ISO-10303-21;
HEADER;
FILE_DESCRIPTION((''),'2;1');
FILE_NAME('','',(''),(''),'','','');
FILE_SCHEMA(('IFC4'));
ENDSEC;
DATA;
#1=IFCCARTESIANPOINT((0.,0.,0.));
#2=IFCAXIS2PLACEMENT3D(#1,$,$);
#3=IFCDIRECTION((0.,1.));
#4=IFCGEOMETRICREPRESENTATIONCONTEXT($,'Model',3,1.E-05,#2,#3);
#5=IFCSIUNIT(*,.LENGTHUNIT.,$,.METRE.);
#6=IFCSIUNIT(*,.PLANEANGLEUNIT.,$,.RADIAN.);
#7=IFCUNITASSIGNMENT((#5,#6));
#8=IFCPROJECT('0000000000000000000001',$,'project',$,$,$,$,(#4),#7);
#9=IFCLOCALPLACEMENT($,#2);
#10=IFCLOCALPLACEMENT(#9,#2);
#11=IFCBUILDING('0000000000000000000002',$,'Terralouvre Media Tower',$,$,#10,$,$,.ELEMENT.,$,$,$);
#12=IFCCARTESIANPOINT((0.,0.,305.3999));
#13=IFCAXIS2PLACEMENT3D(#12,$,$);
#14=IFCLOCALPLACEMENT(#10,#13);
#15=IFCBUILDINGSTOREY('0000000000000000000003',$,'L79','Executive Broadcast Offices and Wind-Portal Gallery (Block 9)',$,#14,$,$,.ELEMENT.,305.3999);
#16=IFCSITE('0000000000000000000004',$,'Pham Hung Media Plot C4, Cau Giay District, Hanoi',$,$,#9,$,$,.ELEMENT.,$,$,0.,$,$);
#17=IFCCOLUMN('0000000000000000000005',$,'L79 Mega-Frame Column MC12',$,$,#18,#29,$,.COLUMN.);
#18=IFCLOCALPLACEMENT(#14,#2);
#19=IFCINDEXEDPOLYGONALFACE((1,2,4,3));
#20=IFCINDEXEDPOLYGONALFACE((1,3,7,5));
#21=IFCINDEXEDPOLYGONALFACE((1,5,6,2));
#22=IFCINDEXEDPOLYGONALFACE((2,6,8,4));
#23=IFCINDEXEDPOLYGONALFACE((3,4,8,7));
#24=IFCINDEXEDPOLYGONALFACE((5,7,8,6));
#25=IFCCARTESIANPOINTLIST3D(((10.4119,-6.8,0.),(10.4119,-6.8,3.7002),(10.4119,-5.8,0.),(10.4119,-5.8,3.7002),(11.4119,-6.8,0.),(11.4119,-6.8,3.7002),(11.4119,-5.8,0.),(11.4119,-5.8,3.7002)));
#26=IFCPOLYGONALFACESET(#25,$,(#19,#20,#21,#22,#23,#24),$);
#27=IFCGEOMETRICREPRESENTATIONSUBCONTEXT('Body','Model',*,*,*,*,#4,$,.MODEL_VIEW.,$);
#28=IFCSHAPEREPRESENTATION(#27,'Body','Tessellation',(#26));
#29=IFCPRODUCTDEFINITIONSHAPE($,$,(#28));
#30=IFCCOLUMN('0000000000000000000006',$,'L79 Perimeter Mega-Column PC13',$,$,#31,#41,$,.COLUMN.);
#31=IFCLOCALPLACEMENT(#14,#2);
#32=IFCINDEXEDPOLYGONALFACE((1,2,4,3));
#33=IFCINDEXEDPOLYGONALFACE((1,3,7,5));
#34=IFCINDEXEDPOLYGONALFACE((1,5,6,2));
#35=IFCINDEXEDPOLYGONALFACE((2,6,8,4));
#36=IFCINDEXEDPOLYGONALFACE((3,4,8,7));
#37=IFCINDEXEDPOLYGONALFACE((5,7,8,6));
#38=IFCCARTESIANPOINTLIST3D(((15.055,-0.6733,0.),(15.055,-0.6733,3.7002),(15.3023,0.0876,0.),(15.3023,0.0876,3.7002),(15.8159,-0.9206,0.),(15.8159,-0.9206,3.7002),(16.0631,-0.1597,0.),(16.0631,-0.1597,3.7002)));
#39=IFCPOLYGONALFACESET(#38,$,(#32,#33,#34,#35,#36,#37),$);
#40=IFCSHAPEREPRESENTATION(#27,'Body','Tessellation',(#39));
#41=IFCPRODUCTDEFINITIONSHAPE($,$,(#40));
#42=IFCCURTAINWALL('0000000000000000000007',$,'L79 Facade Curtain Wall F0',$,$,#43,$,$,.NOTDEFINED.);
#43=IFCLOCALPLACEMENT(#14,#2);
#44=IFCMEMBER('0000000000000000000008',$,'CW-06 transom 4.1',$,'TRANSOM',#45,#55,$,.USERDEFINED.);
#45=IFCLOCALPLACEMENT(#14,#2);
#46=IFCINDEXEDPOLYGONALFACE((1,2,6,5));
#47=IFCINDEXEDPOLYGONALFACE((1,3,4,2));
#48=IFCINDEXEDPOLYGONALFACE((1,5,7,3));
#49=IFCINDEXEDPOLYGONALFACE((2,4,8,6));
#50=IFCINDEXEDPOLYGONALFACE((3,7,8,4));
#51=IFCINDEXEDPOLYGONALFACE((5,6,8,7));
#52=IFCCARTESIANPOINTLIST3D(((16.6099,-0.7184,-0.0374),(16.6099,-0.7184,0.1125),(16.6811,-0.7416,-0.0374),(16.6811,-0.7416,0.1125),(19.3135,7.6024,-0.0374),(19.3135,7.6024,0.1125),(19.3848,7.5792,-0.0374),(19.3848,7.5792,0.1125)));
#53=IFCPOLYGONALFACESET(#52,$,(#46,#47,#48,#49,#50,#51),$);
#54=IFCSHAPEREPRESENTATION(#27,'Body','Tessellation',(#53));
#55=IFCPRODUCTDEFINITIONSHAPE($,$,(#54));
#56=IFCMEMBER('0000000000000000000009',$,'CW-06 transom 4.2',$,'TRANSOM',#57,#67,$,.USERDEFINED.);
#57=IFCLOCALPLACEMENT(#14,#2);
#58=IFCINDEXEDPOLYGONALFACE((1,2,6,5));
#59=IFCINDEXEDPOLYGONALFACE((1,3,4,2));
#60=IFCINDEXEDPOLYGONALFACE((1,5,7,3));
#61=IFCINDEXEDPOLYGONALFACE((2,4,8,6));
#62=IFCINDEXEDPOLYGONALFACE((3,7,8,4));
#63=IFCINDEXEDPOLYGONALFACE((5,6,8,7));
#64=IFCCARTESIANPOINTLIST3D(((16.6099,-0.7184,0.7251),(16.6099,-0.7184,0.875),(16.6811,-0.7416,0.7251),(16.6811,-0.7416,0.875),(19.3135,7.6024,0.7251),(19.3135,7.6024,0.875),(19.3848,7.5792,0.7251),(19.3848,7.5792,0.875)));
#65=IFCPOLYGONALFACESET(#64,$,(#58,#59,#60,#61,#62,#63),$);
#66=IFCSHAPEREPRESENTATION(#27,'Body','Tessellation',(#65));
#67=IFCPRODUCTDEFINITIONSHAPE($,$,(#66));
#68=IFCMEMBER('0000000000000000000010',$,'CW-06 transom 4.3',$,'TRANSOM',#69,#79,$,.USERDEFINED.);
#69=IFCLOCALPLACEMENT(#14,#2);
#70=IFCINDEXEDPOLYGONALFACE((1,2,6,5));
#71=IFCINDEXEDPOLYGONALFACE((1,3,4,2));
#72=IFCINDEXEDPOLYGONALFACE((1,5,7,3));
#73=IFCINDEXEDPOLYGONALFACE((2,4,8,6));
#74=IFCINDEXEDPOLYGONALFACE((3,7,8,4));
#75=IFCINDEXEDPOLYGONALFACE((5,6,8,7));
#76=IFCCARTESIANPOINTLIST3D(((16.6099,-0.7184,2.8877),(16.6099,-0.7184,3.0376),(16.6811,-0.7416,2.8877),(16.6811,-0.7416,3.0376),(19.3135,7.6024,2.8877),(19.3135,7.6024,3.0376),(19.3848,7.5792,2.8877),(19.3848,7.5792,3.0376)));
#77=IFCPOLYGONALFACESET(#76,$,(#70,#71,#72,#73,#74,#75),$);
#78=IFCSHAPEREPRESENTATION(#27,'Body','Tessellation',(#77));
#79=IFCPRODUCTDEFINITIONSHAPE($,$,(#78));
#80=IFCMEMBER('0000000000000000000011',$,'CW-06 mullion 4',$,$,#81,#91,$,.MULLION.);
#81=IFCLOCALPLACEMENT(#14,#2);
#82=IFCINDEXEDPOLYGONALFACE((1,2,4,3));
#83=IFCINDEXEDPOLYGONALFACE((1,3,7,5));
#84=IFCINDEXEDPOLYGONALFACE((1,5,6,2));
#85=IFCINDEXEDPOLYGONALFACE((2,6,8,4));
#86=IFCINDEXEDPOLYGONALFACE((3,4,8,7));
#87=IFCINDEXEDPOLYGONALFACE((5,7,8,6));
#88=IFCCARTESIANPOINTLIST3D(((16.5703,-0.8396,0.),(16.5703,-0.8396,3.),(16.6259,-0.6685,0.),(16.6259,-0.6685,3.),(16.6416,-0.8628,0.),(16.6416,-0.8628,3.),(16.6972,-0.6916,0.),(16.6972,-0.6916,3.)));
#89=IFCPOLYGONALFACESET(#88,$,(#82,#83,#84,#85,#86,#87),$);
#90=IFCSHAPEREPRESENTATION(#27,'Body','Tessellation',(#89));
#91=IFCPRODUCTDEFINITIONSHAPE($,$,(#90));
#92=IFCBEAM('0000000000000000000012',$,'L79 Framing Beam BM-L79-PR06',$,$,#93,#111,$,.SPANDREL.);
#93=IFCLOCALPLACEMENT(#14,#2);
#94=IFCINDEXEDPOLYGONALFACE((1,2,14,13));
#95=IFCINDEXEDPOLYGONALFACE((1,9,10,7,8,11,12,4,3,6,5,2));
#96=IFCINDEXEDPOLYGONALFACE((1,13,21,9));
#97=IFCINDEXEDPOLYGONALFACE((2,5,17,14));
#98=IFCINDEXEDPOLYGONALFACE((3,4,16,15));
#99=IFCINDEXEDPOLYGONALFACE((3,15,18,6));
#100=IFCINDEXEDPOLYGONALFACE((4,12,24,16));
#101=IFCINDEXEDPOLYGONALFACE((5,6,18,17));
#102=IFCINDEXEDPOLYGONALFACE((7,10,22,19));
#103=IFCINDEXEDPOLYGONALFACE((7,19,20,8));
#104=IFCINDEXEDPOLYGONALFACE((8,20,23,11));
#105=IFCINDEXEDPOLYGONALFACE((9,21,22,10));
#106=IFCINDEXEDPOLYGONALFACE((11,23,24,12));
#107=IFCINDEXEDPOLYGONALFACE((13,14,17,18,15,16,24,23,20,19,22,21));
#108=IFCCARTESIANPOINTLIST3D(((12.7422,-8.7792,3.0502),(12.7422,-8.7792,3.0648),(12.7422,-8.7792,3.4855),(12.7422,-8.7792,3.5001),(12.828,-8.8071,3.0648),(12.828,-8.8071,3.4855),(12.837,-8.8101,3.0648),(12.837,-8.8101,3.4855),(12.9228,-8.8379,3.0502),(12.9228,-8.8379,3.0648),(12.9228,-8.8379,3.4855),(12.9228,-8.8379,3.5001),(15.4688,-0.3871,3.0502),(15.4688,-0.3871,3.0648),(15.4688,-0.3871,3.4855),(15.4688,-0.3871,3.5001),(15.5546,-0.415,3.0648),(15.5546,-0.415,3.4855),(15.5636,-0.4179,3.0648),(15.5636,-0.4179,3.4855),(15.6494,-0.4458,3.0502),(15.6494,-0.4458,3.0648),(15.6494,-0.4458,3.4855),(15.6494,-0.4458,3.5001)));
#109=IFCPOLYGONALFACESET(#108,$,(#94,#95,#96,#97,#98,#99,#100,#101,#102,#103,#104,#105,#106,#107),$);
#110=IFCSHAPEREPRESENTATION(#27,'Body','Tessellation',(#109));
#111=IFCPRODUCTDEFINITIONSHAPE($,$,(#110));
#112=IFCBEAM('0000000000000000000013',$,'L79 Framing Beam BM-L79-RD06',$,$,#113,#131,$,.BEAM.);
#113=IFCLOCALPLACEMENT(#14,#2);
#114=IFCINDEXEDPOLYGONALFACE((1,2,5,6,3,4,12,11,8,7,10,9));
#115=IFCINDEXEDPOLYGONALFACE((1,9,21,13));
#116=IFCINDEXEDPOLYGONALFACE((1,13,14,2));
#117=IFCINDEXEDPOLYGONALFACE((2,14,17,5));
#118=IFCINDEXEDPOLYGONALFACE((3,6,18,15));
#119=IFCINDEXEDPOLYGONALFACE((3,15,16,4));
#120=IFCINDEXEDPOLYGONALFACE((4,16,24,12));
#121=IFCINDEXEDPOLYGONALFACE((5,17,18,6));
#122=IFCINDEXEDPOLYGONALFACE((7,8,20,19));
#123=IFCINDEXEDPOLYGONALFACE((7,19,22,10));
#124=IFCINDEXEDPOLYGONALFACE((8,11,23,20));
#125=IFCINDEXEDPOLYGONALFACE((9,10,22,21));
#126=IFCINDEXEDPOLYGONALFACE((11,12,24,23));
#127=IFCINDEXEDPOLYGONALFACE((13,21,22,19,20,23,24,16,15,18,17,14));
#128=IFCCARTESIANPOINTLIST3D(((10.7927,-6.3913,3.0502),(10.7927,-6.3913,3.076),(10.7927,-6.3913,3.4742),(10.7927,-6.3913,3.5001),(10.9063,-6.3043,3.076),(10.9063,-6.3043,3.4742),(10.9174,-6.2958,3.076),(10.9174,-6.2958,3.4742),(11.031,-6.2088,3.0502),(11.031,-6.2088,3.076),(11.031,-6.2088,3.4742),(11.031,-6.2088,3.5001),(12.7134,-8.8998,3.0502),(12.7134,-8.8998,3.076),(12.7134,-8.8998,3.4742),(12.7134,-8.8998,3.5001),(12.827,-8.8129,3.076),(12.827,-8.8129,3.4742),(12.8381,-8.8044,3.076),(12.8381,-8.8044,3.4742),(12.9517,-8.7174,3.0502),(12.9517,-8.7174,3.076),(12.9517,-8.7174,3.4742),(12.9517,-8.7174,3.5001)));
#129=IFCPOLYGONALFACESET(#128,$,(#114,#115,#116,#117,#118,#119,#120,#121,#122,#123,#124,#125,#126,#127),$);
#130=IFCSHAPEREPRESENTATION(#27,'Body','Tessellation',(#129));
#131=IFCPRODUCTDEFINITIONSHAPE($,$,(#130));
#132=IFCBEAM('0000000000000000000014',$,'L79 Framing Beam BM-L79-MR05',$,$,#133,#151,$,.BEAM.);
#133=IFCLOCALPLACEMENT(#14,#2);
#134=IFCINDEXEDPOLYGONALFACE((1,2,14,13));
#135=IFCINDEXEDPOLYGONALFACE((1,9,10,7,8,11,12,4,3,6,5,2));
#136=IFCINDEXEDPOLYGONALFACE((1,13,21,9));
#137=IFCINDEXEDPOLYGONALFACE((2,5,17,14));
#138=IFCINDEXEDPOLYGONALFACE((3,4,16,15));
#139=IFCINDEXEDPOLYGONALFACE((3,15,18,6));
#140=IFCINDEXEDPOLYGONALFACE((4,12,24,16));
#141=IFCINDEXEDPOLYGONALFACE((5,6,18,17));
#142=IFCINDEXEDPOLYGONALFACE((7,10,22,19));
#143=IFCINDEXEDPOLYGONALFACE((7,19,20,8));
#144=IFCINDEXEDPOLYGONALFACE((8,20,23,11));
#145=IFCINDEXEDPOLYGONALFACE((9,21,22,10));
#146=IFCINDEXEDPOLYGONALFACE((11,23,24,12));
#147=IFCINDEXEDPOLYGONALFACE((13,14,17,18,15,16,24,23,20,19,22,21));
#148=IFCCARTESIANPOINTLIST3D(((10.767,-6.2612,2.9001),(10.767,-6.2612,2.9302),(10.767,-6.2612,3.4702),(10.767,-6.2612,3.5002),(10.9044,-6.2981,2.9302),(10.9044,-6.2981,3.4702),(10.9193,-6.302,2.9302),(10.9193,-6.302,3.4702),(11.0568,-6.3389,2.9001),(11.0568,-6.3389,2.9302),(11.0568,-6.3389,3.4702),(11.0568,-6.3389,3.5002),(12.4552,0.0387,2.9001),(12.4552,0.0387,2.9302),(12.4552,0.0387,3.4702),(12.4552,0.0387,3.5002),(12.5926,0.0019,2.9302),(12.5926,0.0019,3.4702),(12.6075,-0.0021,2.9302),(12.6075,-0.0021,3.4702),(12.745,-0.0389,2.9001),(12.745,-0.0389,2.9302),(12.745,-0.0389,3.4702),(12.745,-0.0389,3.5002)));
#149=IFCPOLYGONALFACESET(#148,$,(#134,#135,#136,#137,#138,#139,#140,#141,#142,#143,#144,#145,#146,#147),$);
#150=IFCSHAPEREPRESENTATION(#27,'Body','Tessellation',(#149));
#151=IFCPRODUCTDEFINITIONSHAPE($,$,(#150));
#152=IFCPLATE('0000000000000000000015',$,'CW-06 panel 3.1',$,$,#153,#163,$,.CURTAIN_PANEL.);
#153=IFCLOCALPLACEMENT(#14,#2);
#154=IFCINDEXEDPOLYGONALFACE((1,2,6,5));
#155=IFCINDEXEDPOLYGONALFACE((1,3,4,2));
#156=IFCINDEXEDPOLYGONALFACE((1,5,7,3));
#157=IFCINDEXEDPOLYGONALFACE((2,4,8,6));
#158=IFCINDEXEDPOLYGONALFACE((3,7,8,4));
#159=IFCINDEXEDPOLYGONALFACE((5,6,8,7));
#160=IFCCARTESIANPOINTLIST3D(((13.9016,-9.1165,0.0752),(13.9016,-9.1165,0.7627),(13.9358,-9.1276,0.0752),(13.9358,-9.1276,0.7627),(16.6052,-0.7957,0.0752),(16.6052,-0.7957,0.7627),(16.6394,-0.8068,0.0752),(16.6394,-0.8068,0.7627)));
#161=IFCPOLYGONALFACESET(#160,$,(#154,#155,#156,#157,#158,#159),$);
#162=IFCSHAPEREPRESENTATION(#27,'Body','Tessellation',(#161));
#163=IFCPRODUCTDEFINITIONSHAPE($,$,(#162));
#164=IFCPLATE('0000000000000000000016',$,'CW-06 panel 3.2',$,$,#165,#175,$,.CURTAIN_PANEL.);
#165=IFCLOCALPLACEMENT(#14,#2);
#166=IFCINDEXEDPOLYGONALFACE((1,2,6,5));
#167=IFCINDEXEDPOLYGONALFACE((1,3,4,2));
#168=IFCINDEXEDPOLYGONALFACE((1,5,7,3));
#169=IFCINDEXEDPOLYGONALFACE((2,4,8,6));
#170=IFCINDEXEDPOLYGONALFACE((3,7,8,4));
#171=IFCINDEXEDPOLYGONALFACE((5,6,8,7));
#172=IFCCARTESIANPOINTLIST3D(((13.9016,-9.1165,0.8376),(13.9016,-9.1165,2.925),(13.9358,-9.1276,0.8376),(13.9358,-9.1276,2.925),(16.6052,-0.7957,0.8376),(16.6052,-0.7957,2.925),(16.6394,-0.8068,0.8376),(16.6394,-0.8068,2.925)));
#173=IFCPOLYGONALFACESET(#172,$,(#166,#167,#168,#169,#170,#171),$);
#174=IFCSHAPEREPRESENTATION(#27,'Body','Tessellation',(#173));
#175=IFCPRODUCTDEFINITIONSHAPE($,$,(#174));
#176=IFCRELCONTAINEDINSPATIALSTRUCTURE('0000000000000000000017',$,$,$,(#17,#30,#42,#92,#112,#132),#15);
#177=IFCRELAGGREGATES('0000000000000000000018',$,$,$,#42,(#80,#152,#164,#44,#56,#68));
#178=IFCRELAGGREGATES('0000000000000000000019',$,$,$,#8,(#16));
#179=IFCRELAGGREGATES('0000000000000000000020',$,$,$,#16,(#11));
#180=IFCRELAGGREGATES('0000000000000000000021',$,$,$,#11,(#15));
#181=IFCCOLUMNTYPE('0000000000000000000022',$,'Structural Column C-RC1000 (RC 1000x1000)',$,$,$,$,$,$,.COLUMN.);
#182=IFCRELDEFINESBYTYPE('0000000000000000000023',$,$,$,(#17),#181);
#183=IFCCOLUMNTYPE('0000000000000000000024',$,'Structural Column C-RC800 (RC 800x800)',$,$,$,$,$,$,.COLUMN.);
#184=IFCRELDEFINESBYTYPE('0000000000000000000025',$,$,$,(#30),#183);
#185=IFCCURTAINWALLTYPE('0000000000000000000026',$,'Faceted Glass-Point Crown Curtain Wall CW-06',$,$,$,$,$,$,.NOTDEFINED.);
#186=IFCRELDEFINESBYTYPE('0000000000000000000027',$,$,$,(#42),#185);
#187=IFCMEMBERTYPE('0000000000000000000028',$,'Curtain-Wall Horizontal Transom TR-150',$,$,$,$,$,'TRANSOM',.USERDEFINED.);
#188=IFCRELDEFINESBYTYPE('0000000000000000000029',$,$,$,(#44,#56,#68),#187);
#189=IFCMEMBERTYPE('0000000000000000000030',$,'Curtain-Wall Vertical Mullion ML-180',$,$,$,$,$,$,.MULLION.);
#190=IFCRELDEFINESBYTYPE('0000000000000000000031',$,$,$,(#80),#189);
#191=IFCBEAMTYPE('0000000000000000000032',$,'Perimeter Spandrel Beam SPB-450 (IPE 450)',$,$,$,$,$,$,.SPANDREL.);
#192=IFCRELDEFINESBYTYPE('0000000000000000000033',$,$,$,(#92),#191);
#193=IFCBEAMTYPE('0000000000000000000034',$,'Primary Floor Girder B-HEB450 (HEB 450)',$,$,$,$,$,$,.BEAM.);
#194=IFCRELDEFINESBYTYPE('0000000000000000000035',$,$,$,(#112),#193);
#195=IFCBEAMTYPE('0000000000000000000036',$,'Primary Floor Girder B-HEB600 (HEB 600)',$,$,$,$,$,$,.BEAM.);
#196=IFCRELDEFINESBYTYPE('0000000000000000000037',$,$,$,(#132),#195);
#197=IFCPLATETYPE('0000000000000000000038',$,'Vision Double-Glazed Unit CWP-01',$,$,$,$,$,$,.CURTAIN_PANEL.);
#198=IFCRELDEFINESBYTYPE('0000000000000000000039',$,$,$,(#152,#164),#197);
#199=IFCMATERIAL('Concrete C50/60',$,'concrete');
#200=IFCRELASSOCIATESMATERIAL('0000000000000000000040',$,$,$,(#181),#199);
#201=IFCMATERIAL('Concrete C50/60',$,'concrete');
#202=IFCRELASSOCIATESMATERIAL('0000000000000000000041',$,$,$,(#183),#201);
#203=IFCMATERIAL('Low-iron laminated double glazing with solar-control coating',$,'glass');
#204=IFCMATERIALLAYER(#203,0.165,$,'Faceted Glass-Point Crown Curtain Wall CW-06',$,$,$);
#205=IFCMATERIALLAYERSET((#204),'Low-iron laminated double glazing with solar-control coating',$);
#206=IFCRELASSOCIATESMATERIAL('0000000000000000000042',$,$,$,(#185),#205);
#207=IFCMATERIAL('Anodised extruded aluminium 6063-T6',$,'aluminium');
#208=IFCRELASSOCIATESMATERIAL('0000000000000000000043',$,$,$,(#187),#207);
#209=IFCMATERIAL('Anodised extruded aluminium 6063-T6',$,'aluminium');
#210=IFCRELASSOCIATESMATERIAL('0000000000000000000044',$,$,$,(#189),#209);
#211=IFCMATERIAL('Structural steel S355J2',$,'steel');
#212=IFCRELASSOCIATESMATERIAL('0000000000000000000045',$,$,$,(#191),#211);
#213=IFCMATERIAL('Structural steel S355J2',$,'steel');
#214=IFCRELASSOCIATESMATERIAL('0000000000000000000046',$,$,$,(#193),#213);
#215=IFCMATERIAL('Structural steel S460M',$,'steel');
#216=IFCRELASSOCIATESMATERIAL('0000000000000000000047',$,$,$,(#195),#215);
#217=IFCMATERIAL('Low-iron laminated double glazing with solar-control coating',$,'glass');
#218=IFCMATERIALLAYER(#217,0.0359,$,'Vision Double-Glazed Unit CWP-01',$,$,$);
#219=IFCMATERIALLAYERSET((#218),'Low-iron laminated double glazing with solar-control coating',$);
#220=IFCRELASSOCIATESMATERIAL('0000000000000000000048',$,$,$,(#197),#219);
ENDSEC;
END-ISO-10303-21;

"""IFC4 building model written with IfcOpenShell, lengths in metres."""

from ifc_helpers import new_model, si_unit, direction, frame, origin, origin_2d, place, context, subcontext, project, spatial, rectangle, i_section, extrude, material, layer, layer_set, material_profile, profile_set, type_object, element, aggregate, save


model = new_model("IFC4")

# Units and contexts
model_context = context("Model", 3, precision=1e-05, world=origin(), true_north=direction((0.0, 1.0)))
body_context = subcontext(model_context, "Body", "Model", "MODEL_VIEW")
ifc_project = project(units=[si_unit("LENGTHUNIT", "METRE"), si_unit("PLANEANGLEUNIT", "RADIAN")], contexts=[model_context])

# Site, building, storey
site_placement = place(None, origin())
site = spatial("IfcSite", under=ifc_project, at=site_placement, Name="Pham Hung Media Plot C4, Cau Giay District, Hanoi", CompositionType="ELEMENT", RefElevation=0.0)
building_placement = place(site_placement, origin())
building = spatial("IfcBuilding", under=site, at=building_placement, Name="Terralouvre Media Tower", CompositionType="ELEMENT")
storey_placement = place(building_placement, frame((0.0, 0.0, 305.3999)))
storey = spatial("IfcBuildingStorey", under=building, at=storey_placement, Name="L79", Description="Executive Broadcast Offices and Wind-Portal Gallery (Block 9)", CompositionType="ELEMENT", Elevation=305.3999)

# Columns
ifc_material_1 = material(Name="Concrete C50/60", Category="concrete")
ifc_material_profile_1 = material_profile(ifc_material_1, rectangle(XDim=1.0, YDim=1.0, at=origin_2d()), Name="RC 1000x1000")
ifc_profile_set_1 = profile_set([ifc_material_profile_1], Name="Concrete C50/60")
column_type_1 = type_object("IfcColumnType", Name="Structural Column C-RC1000 (RC 1000x1000)", PredefinedType="COLUMN", material=ifc_profile_set_1)
column_1_placement = place(storey_placement, frame((10.9119, -6.3, 0.0), z_axis=(0.0, 0.0, 1.0), x_axis=(1.0, 0.0, 0.0)))
element("IfcColumn", 1, at=column_1_placement, inside=storey, type_object=column_type_1, Name="L79 Mega-Frame Column MC12", PredefinedType="COLUMN", context=body_context, shape_type="SweptSolid", body=[
    extrude(rectangle(XDim=1.0, YDim=1.0, at=origin_2d()), origin(), (0.0, 0.0, 1.0), 3.7002),
])
ifc_material_2 = material(Name="Concrete C50/60", Category="concrete")
ifc_material_profile_2 = material_profile(ifc_material_2, rectangle(XDim=0.8, YDim=0.8, at=origin_2d()), Name="RC 800x800")
ifc_profile_set_2 = profile_set([ifc_material_profile_2], Name="Concrete C50/60")
column_type_2 = type_object("IfcColumnType", Name="Structural Column C-RC800 (RC 800x800)", PredefinedType="COLUMN", material=ifc_profile_set_2)
column_2_placement = place(storey_placement, frame((15.5591, -0.4165, 0.0), z_axis=(0.0, 0.0, 1.0), x_axis=(0.309017, 0.951057, 0.0)))
element("IfcColumn", 2, at=column_2_placement, inside=storey, type_object=column_type_2, Name="L79 Perimeter Mega-Column PC13", PredefinedType="COLUMN", context=body_context, shape_type="SweptSolid", body=[
    extrude(rectangle(XDim=0.8, YDim=0.8, at=origin_2d()), origin(), (0.0, 0.0, 1.0), 3.7002),
])

# Curtain wall, members
ifc_material_3 = material(Name="Low-iron laminated double glazing with solar-control coating", Category="glass")
ifc_layer_1 = layer(ifc_material_3, 0.165, Name="Faceted Glass-Point Crown Curtain Wall CW-06")
ifc_layer_set_1 = layer_set([ifc_layer_1], Name="Low-iron laminated double glazing with solar-control coating")
curtain_wall_type = type_object("IfcCurtainWallType", Name="Faceted Glass-Point Crown Curtain Wall CW-06", PredefinedType="NOTDEFINED", material=ifc_layer_set_1)
curtain_wall_placement = place(storey_placement, origin())
curtain_wall = element("IfcCurtainWall", 3, at=curtain_wall_placement, inside=storey, type_object=curtain_wall_type, Name="L79 Facade Curtain Wall F0", PredefinedType="NOTDEFINED")
ifc_material_4 = material(Name="Anodised extruded aluminium 6063-T6", Category="aluminium")
ifc_material_profile_3 = material_profile(ifc_material_4, rectangle(XDim=0.075, YDim=0.1499, at=origin_2d()), Name="ALU 75x150")
ifc_profile_set_3 = profile_set([ifc_material_profile_3], Name="Anodised extruded aluminium 6063-T6")
member_type_1 = type_object("IfcMemberType", Name="Curtain-Wall Horizontal Transom TR-150", ElementType="TRANSOM", PredefinedType="USERDEFINED", material=ifc_profile_set_3)
member_1_placement = place(storey_placement, frame((16.6455, -0.73, 0.0376), z_axis=(0.309019, 0.951056, 0.0), x_axis=(-0.951056, 0.309019, 0.0)))
member_1 = element("IfcMember", 4, at=member_1_placement, type_object=member_type_1, Name="CW-06 transom 4.1", ObjectType="TRANSOM", PredefinedType="USERDEFINED", context=body_context, shape_type="SweptSolid", body=[
    extrude(rectangle(XDim=0.075, YDim=0.1499, at=origin_2d()), origin(), (0.0, 0.0, 1.0), 8.749),
])
member_2_placement = place(storey_placement, frame((16.6455, -0.73, 0.8), z_axis=(0.309019, 0.951056, 0.0), x_axis=(-0.951056, 0.309019, 0.0)))
member_2 = element("IfcMember", 5, at=member_2_placement, type_object=member_type_1, Name="CW-06 transom 4.2", ObjectType="TRANSOM", PredefinedType="USERDEFINED", context=body_context, shape_type="SweptSolid", body=[
    extrude(rectangle(XDim=0.075, YDim=0.1499, at=origin_2d()), origin(), (0.0, 0.0, 1.0), 8.749),
])
member_3_placement = place(storey_placement, frame((16.6455, -0.73, 2.9626), z_axis=(0.309019, 0.951056, 0.0), x_axis=(-0.951056, 0.309019, 0.0)))
member_3 = element("IfcMember", 6, at=member_3_placement, type_object=member_type_1, Name="CW-06 transom 4.3", ObjectType="TRANSOM", PredefinedType="USERDEFINED", context=body_context, shape_type="SweptSolid", body=[
    extrude(rectangle(XDim=0.075, YDim=0.1499, at=origin_2d()), origin(), (0.0, 0.0, 1.0), 8.749),
])
ifc_material_5 = material(Name="Anodised extruded aluminium 6063-T6", Category="aluminium")
ifc_material_profile_4 = material_profile(ifc_material_5, rectangle(XDim=0.075, YDim=0.1799, at=origin_2d()), Name="ALU 75x180")
ifc_profile_set_4 = profile_set([ifc_material_profile_4], Name="Anodised extruded aluminium 6063-T6")
member_type_2 = type_object("IfcMemberType", Name="Curtain-Wall Vertical Mullion ML-180", PredefinedType="MULLION", material=ifc_profile_set_4)
member_4_placement = place(storey_placement, frame((16.6338, -0.7656, 0.0), z_axis=(0.0, 0.0, 1.0), x_axis=(-0.951057, 0.309017, 0.0)))
member_4 = element("IfcMember", 7, at=member_4_placement, type_object=member_type_2, Name="CW-06 mullion 4", PredefinedType="MULLION", context=body_context, shape_type="SweptSolid", body=[
    extrude(rectangle(XDim=0.075, YDim=0.1799, at=origin_2d()), origin(), (0.0, 0.0, 1.0), 3.0),
])

# Beams
ifc_material_6 = material(Name="Structural steel S355J2", Category="steel")
ifc_material_profile_5 = material_profile(ifc_material_6, i_section(OverallWidth=0.1899, OverallDepth=0.45, WebThickness=0.0095, FlangeThickness=0.0146, at=origin_2d()), Name="IPE 450")
ifc_profile_set_5 = profile_set([ifc_material_profile_5], Name="Structural steel S355J2")
beam_type_1 = type_object("IfcBeamType", Name="Perimeter Spandrel Beam SPB-450 (IPE 450)", PredefinedType="SPANDREL", material=ifc_profile_set_5)
beam_1_placement = place(storey_placement, frame((12.8325, -8.8086, 3.2751), z_axis=(0.308997, 0.951063, 0.0), x_axis=(-0.951063, 0.308997, 0.0)))
element("IfcBeam", 8, at=beam_1_placement, inside=storey, type_object=beam_type_1, Name="L79 Framing Beam BM-L79-PR06", PredefinedType="SPANDREL", context=body_context, shape_type="SweptSolid", body=[
    extrude(i_section(OverallWidth=0.1899, OverallDepth=0.45, WebThickness=0.0095, FlangeThickness=0.0146, at=origin_2d()), origin(), (0.0, 0.0, 1.0), 8.824),
])
ifc_material_7 = material(Name="Structural steel S355J2", Category="steel")
ifc_material_profile_6 = material_profile(ifc_material_7, i_section(OverallWidth=0.3, OverallDepth=0.45, WebThickness=0.0139, FlangeThickness=0.0259, at=origin_2d()), Name="HEB 450")
ifc_profile_set_6 = profile_set([ifc_material_profile_6], Name="Structural steel S355J2")
beam_type_2 = type_object("IfcBeamType", Name="Primary Floor Girder B-HEB450 (HEB 450)", PredefinedType="BEAM", material=ifc_profile_set_6)
beam_2_placement = place(storey_placement, frame((10.9119, -6.3, 3.2751), z_axis=(0.60792, -0.793998, 0.0), x_axis=(0.793998, 0.60792, 0.0)))
element("IfcBeam", 9, at=beam_2_placement, inside=storey, type_object=beam_type_2, Name="L79 Framing Beam BM-L79-RD06", PredefinedType="BEAM", context=body_context, shape_type="SweptSolid", body=[
    extrude(i_section(OverallWidth=0.3, OverallDepth=0.45, WebThickness=0.0139, FlangeThickness=0.0259, at=origin_2d()), origin(), (0.0, 0.0, 1.0), 3.1594),
])
ifc_material_8 = material(Name="Structural steel S460M", Category="steel")
ifc_material_profile_7 = material_profile(ifc_material_8, i_section(OverallWidth=0.3, OverallDepth=0.6001, WebThickness=0.0154, FlangeThickness=0.03, at=origin_2d()), Name="HEB 600")
ifc_profile_set_7 = profile_set([ifc_material_profile_7], Name="Structural steel S460M")
beam_type_3 = type_object("IfcBeamType", Name="Primary Floor Girder B-HEB600 (HEB 600)", PredefinedType="BEAM", material=ifc_profile_set_7)
beam_3_placement = place(storey_placement, frame((10.9119, -6.3, 3.2002), z_axis=(0.258839, 0.96592, 0.0), x_axis=(-0.96592, 0.258839, 0.0)))
element("IfcBeam", 10, at=beam_3_placement, inside=storey, type_object=beam_type_3, Name="L79 Framing Beam BM-L79-MR05", PredefinedType="BEAM", context=body_context, shape_type="SweptSolid", body=[
    extrude(i_section(OverallWidth=0.3, OverallDepth=0.6001, WebThickness=0.0154, FlangeThickness=0.03, at=origin_2d()), origin(), (0.0, 0.0, 1.0), 6.5222),
])

# Plates
ifc_material_9 = material(Name="Low-iron laminated double glazing with solar-control coating", Category="glass")
ifc_layer_2 = layer(ifc_material_9, 0.0359, Name="Vision Double-Glazed Unit CWP-01")
ifc_layer_set_2 = layer_set([ifc_layer_2], Name="Low-iron laminated double glazing with solar-control coating")
plate_type = type_object("IfcPlateType", Name="Vision Double-Glazed Unit CWP-01", PredefinedType="CURTAIN_PANEL", material=ifc_layer_set_2)
plate_1_placement = place(storey_placement, frame((15.2705, -4.9617, 0.0752), z_axis=(0.0, 0.0, 1.0), x_axis=(0.309017, 0.951057, 0.0)))
plate_1 = element("IfcPlate", 11, at=plate_1_placement, type_object=plate_type, Name="CW-06 panel 3.1", PredefinedType="CURTAIN_PANEL", context=body_context, shape_type="SweptSolid", body=[
    extrude(rectangle(XDim=8.749, YDim=0.0359, at=origin_2d()), origin(), (0.0, 0.0, 1.0), 0.6875),
])
plate_2_placement = place(storey_placement, frame((15.2705, -4.9617, 0.8376), z_axis=(0.0, 0.0, 1.0), x_axis=(0.309017, 0.951057, 0.0)))
plate_2 = element("IfcPlate", 12, at=plate_2_placement, type_object=plate_type, Name="CW-06 panel 3.2", PredefinedType="CURTAIN_PANEL", context=body_context, shape_type="SweptSolid", body=[
    extrude(rectangle(XDim=8.749, YDim=0.0359, at=origin_2d()), origin(), (0.0, 0.0, 1.0), 2.0874),
])
aggregate(curtain_wall, [member_4, plate_1, plate_2, member_1, member_2, member_3])

save(model, "model.ifc")
